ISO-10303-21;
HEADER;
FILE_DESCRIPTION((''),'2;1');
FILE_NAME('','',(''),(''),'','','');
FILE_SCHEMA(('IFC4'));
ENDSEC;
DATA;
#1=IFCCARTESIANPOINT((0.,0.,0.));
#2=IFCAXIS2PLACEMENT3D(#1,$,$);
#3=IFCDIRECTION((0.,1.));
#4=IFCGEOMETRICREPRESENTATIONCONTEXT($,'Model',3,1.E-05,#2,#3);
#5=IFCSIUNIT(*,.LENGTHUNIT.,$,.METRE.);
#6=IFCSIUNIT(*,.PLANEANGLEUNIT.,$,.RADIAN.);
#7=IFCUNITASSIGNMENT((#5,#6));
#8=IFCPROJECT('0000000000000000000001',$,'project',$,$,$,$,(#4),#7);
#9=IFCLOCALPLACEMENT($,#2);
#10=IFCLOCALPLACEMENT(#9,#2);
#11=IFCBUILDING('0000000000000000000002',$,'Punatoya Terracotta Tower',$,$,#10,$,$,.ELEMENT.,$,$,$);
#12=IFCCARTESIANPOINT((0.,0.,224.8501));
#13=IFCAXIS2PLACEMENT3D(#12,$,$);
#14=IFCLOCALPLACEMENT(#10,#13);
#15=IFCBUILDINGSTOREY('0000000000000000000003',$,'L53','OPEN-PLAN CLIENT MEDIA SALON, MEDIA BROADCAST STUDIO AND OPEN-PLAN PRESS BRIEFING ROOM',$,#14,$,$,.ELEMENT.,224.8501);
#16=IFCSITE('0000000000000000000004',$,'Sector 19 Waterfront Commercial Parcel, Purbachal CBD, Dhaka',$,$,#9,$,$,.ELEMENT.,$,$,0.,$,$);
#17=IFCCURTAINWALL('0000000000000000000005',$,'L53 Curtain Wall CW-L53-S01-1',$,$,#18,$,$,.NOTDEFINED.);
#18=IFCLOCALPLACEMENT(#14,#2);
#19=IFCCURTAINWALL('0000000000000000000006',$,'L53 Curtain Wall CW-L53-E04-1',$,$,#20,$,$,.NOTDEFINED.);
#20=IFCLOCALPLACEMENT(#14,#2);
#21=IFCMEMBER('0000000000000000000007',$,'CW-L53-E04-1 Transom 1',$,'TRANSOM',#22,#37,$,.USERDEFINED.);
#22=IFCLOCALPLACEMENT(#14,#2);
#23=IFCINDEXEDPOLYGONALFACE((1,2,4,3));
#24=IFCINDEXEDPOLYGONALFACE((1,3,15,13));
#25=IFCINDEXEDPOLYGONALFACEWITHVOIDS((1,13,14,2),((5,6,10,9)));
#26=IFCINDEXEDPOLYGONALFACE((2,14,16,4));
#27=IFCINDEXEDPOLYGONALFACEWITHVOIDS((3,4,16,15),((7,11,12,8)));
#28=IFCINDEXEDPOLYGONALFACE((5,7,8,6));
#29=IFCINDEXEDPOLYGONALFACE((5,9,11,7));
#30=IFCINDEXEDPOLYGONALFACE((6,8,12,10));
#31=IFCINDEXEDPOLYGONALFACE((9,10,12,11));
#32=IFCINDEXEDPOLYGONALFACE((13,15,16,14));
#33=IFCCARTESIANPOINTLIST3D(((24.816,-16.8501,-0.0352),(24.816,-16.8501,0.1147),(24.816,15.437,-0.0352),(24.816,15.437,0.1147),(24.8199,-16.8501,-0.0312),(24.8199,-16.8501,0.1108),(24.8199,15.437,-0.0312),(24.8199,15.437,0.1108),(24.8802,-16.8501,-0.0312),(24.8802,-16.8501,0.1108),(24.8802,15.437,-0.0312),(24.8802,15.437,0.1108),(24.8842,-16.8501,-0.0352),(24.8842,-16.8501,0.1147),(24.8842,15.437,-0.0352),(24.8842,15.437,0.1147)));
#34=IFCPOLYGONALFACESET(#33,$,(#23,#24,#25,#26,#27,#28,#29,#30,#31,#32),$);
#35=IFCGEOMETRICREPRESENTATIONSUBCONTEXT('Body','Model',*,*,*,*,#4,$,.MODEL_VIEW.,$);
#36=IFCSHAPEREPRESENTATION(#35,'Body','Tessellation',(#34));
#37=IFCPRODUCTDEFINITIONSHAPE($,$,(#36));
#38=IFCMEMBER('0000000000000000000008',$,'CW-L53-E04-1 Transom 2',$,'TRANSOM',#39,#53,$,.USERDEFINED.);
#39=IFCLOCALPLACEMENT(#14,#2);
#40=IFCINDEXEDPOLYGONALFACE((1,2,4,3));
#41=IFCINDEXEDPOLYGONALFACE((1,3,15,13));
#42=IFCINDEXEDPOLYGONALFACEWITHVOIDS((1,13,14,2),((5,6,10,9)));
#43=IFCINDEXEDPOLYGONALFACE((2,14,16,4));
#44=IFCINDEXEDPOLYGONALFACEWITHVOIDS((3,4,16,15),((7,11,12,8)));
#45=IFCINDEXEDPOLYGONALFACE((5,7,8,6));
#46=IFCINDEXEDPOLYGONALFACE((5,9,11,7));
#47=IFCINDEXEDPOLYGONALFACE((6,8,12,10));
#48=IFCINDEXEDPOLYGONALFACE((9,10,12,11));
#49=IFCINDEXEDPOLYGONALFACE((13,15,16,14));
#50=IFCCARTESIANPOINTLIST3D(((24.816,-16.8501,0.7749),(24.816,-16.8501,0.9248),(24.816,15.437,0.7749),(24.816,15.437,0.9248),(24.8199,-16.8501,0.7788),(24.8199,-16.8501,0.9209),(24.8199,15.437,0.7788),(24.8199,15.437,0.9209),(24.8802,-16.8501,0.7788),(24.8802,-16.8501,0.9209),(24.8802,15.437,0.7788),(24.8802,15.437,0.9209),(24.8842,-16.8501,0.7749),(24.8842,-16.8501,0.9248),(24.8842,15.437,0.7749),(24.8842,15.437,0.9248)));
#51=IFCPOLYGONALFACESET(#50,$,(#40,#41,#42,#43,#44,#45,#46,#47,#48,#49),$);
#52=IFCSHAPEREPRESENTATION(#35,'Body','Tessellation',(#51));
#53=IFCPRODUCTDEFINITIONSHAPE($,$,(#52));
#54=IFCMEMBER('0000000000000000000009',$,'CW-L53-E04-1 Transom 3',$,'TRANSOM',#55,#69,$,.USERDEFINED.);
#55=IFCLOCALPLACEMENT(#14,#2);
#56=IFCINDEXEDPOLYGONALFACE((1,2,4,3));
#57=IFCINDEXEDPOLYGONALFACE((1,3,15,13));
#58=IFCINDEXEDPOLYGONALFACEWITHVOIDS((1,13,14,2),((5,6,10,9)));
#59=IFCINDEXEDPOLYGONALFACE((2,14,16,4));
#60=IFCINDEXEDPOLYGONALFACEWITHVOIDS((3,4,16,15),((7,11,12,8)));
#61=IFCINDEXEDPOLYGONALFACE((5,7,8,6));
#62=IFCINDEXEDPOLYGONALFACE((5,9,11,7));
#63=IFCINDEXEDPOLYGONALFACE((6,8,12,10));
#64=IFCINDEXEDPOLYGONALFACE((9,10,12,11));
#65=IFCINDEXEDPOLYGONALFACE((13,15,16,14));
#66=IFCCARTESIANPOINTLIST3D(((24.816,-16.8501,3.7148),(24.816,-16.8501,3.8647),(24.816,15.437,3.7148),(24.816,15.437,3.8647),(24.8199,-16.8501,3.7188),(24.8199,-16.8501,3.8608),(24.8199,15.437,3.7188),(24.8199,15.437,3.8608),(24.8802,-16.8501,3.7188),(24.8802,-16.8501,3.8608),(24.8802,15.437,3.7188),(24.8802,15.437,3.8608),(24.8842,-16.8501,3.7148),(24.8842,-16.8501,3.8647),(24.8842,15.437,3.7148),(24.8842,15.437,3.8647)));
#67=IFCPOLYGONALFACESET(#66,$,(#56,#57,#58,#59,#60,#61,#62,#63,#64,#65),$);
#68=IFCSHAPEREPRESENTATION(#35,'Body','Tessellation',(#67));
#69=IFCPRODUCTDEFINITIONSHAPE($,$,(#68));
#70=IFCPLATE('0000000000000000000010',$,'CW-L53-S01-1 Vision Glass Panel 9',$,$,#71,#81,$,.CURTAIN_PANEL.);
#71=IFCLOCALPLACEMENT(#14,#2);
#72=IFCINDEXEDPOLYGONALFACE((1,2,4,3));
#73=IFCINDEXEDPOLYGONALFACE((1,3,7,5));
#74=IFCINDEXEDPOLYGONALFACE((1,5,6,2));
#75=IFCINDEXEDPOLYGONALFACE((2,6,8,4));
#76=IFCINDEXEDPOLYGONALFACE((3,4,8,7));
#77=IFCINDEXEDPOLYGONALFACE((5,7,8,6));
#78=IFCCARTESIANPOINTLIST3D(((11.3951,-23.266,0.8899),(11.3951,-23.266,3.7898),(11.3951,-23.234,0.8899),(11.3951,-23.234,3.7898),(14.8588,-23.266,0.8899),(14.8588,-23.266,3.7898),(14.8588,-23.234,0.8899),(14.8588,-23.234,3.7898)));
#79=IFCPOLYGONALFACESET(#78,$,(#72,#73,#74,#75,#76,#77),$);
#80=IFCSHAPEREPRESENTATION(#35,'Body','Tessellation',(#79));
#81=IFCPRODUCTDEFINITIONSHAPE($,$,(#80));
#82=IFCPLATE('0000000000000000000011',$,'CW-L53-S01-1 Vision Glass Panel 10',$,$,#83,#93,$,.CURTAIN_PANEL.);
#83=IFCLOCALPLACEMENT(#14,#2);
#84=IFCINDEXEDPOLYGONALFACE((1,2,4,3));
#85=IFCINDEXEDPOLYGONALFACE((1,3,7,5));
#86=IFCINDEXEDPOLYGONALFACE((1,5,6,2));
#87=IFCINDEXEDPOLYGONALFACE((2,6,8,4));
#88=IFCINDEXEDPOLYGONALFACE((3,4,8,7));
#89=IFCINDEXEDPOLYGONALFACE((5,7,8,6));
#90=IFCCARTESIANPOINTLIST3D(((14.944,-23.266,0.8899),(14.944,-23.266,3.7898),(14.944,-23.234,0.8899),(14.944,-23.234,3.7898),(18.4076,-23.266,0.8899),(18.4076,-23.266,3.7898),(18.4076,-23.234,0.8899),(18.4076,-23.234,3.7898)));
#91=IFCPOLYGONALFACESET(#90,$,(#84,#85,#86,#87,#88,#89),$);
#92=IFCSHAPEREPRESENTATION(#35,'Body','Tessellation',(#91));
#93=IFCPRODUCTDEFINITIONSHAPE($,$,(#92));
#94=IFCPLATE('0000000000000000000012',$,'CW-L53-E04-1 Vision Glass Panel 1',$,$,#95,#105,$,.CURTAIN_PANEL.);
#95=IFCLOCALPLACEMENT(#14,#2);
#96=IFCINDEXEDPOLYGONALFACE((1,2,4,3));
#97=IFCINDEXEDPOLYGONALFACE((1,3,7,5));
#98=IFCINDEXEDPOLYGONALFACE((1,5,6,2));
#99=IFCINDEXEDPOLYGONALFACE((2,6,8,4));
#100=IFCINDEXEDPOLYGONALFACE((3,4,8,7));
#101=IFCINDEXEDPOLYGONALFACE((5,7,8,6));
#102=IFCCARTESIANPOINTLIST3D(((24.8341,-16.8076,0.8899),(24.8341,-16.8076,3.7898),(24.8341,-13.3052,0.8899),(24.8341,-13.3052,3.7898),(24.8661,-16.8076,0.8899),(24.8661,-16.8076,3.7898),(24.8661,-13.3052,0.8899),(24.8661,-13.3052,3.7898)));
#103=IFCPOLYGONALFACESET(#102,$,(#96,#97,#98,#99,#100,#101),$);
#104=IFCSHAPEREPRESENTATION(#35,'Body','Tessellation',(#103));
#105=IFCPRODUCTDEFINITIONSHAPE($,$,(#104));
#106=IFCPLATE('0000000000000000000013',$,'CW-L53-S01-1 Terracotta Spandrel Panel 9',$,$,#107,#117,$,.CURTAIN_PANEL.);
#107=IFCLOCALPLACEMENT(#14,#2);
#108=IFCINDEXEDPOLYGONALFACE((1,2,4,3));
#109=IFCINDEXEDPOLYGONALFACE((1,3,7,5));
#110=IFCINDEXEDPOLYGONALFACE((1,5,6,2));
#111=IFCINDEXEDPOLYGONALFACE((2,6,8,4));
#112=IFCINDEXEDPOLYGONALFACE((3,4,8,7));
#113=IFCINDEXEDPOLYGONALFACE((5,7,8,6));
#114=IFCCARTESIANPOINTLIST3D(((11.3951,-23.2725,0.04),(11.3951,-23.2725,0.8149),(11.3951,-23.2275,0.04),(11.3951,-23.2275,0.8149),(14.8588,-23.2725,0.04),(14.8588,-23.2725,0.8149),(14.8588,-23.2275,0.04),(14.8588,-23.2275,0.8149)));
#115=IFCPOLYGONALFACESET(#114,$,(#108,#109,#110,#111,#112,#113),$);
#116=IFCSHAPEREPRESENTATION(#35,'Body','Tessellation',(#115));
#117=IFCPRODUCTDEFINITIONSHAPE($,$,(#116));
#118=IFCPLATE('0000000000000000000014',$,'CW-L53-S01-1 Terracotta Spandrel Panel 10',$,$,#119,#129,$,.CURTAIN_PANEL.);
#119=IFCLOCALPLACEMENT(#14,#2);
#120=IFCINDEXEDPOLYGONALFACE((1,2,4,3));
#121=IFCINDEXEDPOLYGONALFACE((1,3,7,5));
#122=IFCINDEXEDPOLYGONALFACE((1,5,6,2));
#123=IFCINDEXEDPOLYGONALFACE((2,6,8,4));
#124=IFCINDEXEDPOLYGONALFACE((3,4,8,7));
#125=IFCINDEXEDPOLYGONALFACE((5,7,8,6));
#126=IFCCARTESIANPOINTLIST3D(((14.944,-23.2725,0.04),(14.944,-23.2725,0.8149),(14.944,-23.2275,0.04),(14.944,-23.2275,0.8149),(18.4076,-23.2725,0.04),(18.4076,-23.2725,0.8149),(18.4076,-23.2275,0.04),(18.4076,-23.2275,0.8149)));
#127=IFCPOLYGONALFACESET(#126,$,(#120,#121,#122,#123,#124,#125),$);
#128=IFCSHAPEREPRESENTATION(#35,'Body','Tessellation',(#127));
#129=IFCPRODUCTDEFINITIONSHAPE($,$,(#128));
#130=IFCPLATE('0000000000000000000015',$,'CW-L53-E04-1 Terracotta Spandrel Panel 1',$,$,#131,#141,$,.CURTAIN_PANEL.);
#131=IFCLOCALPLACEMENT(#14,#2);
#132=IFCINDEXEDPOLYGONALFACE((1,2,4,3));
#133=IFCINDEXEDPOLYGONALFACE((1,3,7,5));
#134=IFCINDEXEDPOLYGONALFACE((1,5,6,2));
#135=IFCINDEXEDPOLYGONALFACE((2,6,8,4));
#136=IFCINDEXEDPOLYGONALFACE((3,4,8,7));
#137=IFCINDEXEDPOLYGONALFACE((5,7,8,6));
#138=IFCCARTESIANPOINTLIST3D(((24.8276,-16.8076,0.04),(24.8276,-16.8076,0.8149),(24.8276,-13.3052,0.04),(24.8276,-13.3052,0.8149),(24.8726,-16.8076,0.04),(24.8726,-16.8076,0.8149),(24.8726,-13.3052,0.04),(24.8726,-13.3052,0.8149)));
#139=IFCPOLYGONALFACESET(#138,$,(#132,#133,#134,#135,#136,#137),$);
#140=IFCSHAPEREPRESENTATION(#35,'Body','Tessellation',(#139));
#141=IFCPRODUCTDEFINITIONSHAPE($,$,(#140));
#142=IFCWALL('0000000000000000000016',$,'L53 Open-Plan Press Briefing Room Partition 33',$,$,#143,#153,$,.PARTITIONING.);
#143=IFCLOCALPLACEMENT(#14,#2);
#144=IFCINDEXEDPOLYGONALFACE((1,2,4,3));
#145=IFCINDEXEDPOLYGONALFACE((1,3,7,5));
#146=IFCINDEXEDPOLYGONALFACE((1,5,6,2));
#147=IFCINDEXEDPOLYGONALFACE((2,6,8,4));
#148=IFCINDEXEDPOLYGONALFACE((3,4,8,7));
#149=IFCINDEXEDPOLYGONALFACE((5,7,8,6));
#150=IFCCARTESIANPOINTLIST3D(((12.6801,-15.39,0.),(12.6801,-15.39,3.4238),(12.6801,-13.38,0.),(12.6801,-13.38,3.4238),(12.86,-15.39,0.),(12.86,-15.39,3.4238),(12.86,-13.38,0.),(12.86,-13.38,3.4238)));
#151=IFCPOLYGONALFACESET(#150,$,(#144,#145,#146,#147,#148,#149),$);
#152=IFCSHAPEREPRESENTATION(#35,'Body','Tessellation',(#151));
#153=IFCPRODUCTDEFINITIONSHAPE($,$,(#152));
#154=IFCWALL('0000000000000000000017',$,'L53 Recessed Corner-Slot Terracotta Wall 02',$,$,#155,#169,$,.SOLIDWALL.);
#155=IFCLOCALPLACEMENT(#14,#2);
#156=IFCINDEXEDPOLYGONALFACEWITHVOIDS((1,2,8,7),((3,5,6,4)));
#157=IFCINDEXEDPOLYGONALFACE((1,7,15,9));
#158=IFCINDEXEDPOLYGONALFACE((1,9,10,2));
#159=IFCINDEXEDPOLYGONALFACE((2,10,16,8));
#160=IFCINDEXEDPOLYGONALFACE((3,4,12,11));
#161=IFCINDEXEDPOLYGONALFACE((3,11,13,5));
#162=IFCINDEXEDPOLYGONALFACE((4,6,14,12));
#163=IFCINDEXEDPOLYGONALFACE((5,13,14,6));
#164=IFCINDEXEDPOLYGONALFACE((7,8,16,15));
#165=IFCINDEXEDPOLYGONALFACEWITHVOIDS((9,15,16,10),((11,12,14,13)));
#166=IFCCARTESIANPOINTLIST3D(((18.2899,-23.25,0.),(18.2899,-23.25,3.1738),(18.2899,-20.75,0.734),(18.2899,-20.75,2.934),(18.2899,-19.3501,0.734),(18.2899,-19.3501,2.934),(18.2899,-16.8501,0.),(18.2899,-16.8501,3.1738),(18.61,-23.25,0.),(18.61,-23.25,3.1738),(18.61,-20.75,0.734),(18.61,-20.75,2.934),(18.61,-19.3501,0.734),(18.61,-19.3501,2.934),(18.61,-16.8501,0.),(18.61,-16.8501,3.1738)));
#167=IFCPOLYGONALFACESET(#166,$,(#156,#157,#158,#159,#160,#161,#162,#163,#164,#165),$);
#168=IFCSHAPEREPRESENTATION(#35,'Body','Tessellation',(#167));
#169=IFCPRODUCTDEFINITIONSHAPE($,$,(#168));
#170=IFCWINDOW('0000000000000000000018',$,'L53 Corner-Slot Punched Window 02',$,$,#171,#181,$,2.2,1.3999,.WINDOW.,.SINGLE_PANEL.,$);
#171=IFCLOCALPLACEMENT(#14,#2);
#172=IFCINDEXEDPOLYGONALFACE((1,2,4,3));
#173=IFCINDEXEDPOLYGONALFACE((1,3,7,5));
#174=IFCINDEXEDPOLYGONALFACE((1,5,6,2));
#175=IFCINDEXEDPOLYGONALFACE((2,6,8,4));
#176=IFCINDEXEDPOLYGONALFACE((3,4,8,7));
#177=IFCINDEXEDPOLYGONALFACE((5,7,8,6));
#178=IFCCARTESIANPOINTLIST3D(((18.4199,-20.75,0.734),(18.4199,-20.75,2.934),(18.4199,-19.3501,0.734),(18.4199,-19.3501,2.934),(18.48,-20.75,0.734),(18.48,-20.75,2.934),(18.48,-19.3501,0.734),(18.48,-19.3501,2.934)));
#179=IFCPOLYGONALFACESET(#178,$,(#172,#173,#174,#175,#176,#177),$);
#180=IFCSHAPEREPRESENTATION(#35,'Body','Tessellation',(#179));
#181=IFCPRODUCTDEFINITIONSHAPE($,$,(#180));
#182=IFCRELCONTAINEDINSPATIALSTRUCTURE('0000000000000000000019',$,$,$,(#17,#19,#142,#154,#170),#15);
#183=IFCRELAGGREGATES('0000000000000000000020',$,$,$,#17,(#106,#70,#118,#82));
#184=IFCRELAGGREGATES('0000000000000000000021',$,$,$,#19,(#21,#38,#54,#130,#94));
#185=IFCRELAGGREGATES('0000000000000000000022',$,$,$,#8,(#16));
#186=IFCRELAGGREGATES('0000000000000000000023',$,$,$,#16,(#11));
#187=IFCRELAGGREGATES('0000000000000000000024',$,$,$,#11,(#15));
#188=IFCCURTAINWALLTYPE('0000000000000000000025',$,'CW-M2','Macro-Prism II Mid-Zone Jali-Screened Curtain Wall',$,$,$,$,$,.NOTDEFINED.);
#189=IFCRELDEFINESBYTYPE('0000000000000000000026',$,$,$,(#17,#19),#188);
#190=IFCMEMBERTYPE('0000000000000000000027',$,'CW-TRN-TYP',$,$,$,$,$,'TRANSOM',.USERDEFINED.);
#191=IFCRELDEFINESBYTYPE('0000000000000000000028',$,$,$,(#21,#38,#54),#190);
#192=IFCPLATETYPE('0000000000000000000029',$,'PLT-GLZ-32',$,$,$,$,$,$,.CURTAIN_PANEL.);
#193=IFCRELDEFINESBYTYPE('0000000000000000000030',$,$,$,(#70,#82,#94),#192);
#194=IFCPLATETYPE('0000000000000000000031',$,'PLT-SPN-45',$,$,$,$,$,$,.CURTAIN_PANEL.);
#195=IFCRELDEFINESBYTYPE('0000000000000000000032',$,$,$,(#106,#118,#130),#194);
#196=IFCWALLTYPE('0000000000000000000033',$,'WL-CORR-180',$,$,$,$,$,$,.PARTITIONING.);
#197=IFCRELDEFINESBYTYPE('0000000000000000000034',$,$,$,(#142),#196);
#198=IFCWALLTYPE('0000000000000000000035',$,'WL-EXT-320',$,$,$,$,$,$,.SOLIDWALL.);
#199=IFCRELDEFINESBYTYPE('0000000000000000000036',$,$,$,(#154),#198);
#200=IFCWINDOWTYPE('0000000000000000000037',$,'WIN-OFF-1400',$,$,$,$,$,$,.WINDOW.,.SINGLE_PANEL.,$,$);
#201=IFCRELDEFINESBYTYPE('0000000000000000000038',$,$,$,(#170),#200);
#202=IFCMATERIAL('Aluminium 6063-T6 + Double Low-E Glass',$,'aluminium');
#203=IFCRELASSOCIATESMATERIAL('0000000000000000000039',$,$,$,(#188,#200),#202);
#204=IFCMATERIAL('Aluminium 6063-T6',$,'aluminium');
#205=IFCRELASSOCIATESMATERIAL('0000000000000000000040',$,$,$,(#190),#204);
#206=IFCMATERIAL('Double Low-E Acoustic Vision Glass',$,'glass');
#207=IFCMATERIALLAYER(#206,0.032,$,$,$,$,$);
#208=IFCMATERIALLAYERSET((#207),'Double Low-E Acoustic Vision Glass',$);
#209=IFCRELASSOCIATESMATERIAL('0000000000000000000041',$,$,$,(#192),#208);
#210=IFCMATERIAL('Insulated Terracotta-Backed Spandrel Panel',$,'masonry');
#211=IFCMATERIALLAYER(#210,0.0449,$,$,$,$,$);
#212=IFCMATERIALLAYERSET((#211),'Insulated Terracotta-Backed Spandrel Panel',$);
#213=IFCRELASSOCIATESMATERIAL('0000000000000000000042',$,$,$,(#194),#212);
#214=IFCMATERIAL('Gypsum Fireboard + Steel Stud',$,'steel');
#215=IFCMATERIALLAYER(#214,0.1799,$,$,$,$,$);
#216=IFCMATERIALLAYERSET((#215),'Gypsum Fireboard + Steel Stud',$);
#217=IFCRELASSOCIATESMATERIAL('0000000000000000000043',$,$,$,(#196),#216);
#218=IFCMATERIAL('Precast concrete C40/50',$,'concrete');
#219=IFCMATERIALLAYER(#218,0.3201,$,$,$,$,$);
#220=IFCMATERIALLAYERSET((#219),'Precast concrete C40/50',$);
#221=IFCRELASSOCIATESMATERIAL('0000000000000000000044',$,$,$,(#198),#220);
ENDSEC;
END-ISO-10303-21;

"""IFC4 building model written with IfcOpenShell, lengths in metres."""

from ifc_helpers import new_model, si_unit, direction, frame, frame_2d, origin, origin_2d, place, context, subcontext, project, spatial, rectangle, hollow_rectangle, extrude, material, layer, layer_set, material_profile, profile_set, type_object, element, fill, aggregate, save


model = new_model("IFC4")

# Units and contexts
model_context = context("Model", 3, precision=1e-05, world=origin(), true_north=direction((0.0, 1.0)))
body_context = subcontext(model_context, "Body", "Model", "MODEL_VIEW")
ifc_project = project(units=[si_unit("LENGTHUNIT", "METRE"), si_unit("PLANEANGLEUNIT", "RADIAN")], contexts=[model_context])

# Site, building, storey
site_placement = place(None, origin())
site = spatial("IfcSite", under=ifc_project, at=site_placement, Name="Sector 19 Waterfront Commercial Parcel, Purbachal CBD, Dhaka", CompositionType="ELEMENT", RefElevation=0.0)
building_placement = place(site_placement, origin())
building = spatial("IfcBuilding", under=site, at=building_placement, Name="Punatoya Terracotta Tower", CompositionType="ELEMENT")
storey_placement = place(building_placement, frame((0.0, 0.0, 224.8501)))
storey = spatial("IfcBuildingStorey", under=building, at=storey_placement, Name="L53", Description="OPEN-PLAN CLIENT MEDIA SALON, MEDIA BROADCAST STUDIO AND OPEN-PLAN PRESS BRIEFING ROOM", CompositionType="ELEMENT", Elevation=224.8501)

# Curtain walls, members
ifc_material_1 = material(Name="Aluminium 6063-T6 + Double Low-E Glass", Category="aluminium")
curtain_wall_type = type_object("IfcCurtainWallType", Name="CW-M2", Description="Macro-Prism II Mid-Zone Jali-Screened Curtain Wall", PredefinedType="NOTDEFINED", material=ifc_material_1)
curtain_wall_1_placement = place(storey_placement, origin())
curtain_wall_1 = element("IfcCurtainWall", 1, at=curtain_wall_1_placement, inside=storey, type_object=curtain_wall_type, Name="L53 Curtain Wall CW-L53-S01-1", PredefinedType="NOTDEFINED")
ifc_material_2 = material(Name="Aluminium 6063-T6", Category="aluminium")
curtain_wall_2_placement = place(storey_placement, origin())
curtain_wall_2 = element("IfcCurtainWall", 2, at=curtain_wall_2_placement, inside=storey, type_object=curtain_wall_type, Name="L53 Curtain Wall CW-L53-E04-1", PredefinedType="NOTDEFINED")
ifc_material_profile_1 = material_profile(ifc_material_2, hollow_rectangle(XDim=0.0681, YDim=0.1499, WallThickness=0.0039, at=origin_2d()))
ifc_profile_set_1 = profile_set([ifc_material_profile_1], Name="Aluminium 6063-T6")
member_type_1 = type_object("IfcMemberType", Name="CW-TRN-TYP", ElementType="TRANSOM", PredefinedType="USERDEFINED", material=ifc_profile_set_1)
member_1_placement = place(storey_placement, frame((24.8501, -16.8501, 0.0398), z_axis=(0.0, 1.0, 0.0), x_axis=(-1.0, 0.0, 0.0)))
member_1 = element("IfcMember", 3, at=member_1_placement, type_object=member_type_1, Name="CW-L53-E04-1 Transom 1", ObjectType="TRANSOM", PredefinedType="USERDEFINED", context=body_context, shape_type="SweptSolid", body=[
    extrude(hollow_rectangle(XDim=0.0681, YDim=0.1499, WallThickness=0.0039, at=origin_2d()), origin(), (0.0, 0.0, 1.0), 32.2871),
])
member_2_placement = place(storey_placement, frame((24.8501, -16.8501, 0.8499), z_axis=(0.0, 1.0, 0.0), x_axis=(-1.0, 0.0, 0.0)))
member_2 = element("IfcMember", 4, at=member_2_placement, type_object=member_type_1, Name="CW-L53-E04-1 Transom 2", ObjectType="TRANSOM", PredefinedType="USERDEFINED", context=body_context, shape_type="SweptSolid", body=[
    extrude(hollow_rectangle(XDim=0.0681, YDim=0.1499, WallThickness=0.0039, at=origin_2d()), origin(), (0.0, 0.0, 1.0), 32.2871),
])
member_3_placement = place(storey_placement, frame((24.8501, -16.8501, 3.7898), z_axis=(0.0, 1.0, 0.0), x_axis=(-1.0, 0.0, 0.0)))
member_3 = element("IfcMember", 5, at=member_3_placement, type_object=member_type_1, Name="CW-L53-E04-1 Transom 3", ObjectType="TRANSOM", PredefinedType="USERDEFINED", context=body_context, shape_type="SweptSolid", body=[
    extrude(hollow_rectangle(XDim=0.0681, YDim=0.1499, WallThickness=0.0039, at=origin_2d()), origin(), (0.0, 0.0, 1.0), 32.2871),
])

# Plates
ifc_material_3 = material(Name="Double Low-E Acoustic Vision Glass", Category="glass")
ifc_layer_1 = layer(ifc_material_3, 0.032)
ifc_layer_set_1 = layer_set([ifc_layer_1], Name="Double Low-E Acoustic Vision Glass")
plate_type_1 = type_object("IfcPlateType", Name="PLT-GLZ-32", PredefinedType="CURTAIN_PANEL", material=ifc_layer_set_1)
plate_1_placement = place(storey_placement, frame((13.127, -23.25, 0.8899), z_axis=(0.0, 0.0, 1.0), x_axis=(1.0, 0.0, 0.0)))
plate_1 = element("IfcPlate", 6, at=plate_1_placement, type_object=plate_type_1, Name="CW-L53-S01-1 Vision Glass Panel 9", PredefinedType="CURTAIN_PANEL", context=body_context, shape_type="SweptSolid", body=[
    extrude(rectangle(XDim=3.4636, YDim=0.032, at=origin_2d()), origin(), (0.0, 0.0, 1.0), 2.8999),
])
plate_2_placement = place(storey_placement, frame((16.6758, -23.25, 0.8899), z_axis=(0.0, 0.0, 1.0), x_axis=(1.0, 0.0, 0.0)))
plate_2 = element("IfcPlate", 7, at=plate_2_placement, type_object=plate_type_1, Name="CW-L53-S01-1 Vision Glass Panel 10", PredefinedType="CURTAIN_PANEL", context=body_context, shape_type="SweptSolid", body=[
    extrude(rectangle(XDim=3.4636, YDim=0.032, at=origin_2d()), origin(), (0.0, 0.0, 1.0), 2.8999),
])
plate_3_placement = place(storey_placement, frame((24.8501, -15.0564, 0.8899), z_axis=(0.0, 0.0, 1.0), x_axis=(0.0, 1.0, 0.0)))
plate_3 = element("IfcPlate", 8, at=plate_3_placement, type_object=plate_type_1, Name="CW-L53-E04-1 Vision Glass Panel 1", PredefinedType="CURTAIN_PANEL", context=body_context, shape_type="SweptSolid", body=[
    extrude(rectangle(XDim=3.5024, YDim=0.032, at=origin_2d()), origin(), (0.0, 0.0, 1.0), 2.8999),
])
ifc_material_4 = material(Name="Insulated Terracotta-Backed Spandrel Panel", Category="masonry")
ifc_layer_2 = layer(ifc_material_4, 0.0449)
ifc_layer_set_2 = layer_set([ifc_layer_2], Name="Insulated Terracotta-Backed Spandrel Panel")
plate_type_2 = type_object("IfcPlateType", Name="PLT-SPN-45", PredefinedType="CURTAIN_PANEL", material=ifc_layer_set_2)
plate_4_placement = place(storey_placement, frame((13.127, -23.25, 0.04), z_axis=(0.0, 0.0, 1.0), x_axis=(1.0, 0.0, 0.0)))
plate_4 = element("IfcPlate", 9, at=plate_4_placement, type_object=plate_type_2, Name="CW-L53-S01-1 Terracotta Spandrel Panel 9", PredefinedType="CURTAIN_PANEL", context=body_context, shape_type="SweptSolid", body=[
    extrude(rectangle(XDim=3.4636, YDim=0.0449, at=origin_2d()), origin(), (0.0, 0.0, 1.0), 0.7749),
])
plate_5_placement = place(storey_placement, frame((16.6758, -23.25, 0.04), z_axis=(0.0, 0.0, 1.0), x_axis=(1.0, 0.0, 0.0)))
plate_5 = element("IfcPlate", 10, at=plate_5_placement, type_object=plate_type_2, Name="CW-L53-S01-1 Terracotta Spandrel Panel 10", PredefinedType="CURTAIN_PANEL", context=body_context, shape_type="SweptSolid", body=[
    extrude(rectangle(XDim=3.4636, YDim=0.0449, at=origin_2d()), origin(), (0.0, 0.0, 1.0), 0.7749),
])
aggregate(curtain_wall_1, [plate_4, plate_1, plate_5, plate_2])
plate_6_placement = place(storey_placement, frame((24.8501, -15.0564, 0.04), z_axis=(0.0, 0.0, 1.0), x_axis=(0.0, 1.0, 0.0)))
plate_6 = element("IfcPlate", 11, at=plate_6_placement, type_object=plate_type_2, Name="CW-L53-E04-1 Terracotta Spandrel Panel 1", PredefinedType="CURTAIN_PANEL", context=body_context, shape_type="SweptSolid", body=[
    extrude(rectangle(XDim=3.5024, YDim=0.0449, at=origin_2d()), origin(), (0.0, 0.0, 1.0), 0.7749),
])
aggregate(curtain_wall_2, [member_1, member_2, member_3, plate_6, plate_3])

# Wall
ifc_material_5 = material(Name="Gypsum Fireboard + Steel Stud", Category="steel")
ifc_layer_3 = layer(ifc_material_5, 0.1799)
ifc_layer_set_3 = layer_set([ifc_layer_3], Name="Gypsum Fireboard + Steel Stud")
wall_type_1 = type_object("IfcWallType", Name="WL-CORR-180", PredefinedType="PARTITIONING", material=ifc_layer_set_3)
wall_1_placement = place(storey_placement, frame((12.77, -15.3899, 0.0), z_axis=(0.0, 0.0, 1.0), x_axis=(0.0, 1.0, 0.0)))
element("IfcWall", 12, at=wall_1_placement, inside=storey, type_object=wall_type_1, Name="L53 Open-Plan Press Briefing Room Partition 33", PredefinedType="PARTITIONING", context=body_context, shape_type="SweptSolid", body=[
    extrude(rectangle(XDim=2.01, YDim=0.1799, at=frame_2d((1.0049, 0.0))), origin(), (0.0, 0.0, 1.0), 3.4238),
])

# Wall, opening, window
ifc_material_6 = material(Name="Precast concrete C40/50", Category="concrete")
ifc_layer_4 = layer(ifc_material_6, 0.3201)
ifc_layer_set_4 = layer_set([ifc_layer_4], Name="Precast concrete C40/50")
wall_type_2 = type_object("IfcWallType", Name="WL-EXT-320", PredefinedType="SOLIDWALL", material=ifc_layer_set_4)
wall_2_placement = place(storey_placement, frame((18.45, -23.25, 0.0), z_axis=(0.0, 0.0, 1.0), x_axis=(0.0, 1.0, 0.0)))
wall_2 = element("IfcWall", 13, at=wall_2_placement, inside=storey, type_object=wall_type_2, Name="L53 Recessed Corner-Slot Terracotta Wall 02", PredefinedType="SOLIDWALL", context=body_context, shape_type="SweptSolid", body=[
    extrude(rectangle(XDim=6.3999, YDim=0.3201, at=frame_2d((3.2, 0.0))), origin(), (0.0, 0.0, 1.0), 3.1738),
])
opening_1_placement = place(wall_2_placement, frame((2.5, 0.0, 0.7339)))
opening_1 = element("IfcOpeningElement", 14, at=opening_1_placement, cuts=wall_2, PredefinedType="OPENING", context=body_context, shape_type="SweptSolid", body=[
    extrude(rectangle(XDim=1.3999, YDim=2.2, at=frame_2d((0.7, 1.1001))), frame((0.0, 0.1699, 0.0), z_axis=(0.0, -1.0, 0.0), x_axis=(1.0, 0.0, 0.0)), (0.0, 0.0, 1.0), 0.3401),
])
window_type = type_object("IfcWindowType", Name="WIN-OFF-1400", PartitioningType="SINGLE_PANEL", PredefinedType="WINDOW", material=ifc_material_1)
window_1_placement = place(opening_1_placement, origin())
window_1 = element("IfcWindow", 15, at=window_1_placement, inside=storey, type_object=window_type, Name="L53 Corner-Slot Punched Window 02", OverallHeight=2.2, OverallWidth=1.3999, PartitioningType="SINGLE_PANEL", PredefinedType="WINDOW", context=body_context, shape_type="SweptSolid", body=[
    extrude(rectangle(XDim=1.3999, YDim=2.2, at=frame_2d((0.7, 1.1001))), frame((0.0, 0.03, 0.0), z_axis=(0.0, -1.0, 0.0), x_axis=(1.0, 0.0, 0.0)), (0.0, 0.0, 1.0), 0.0601),
])
fill(opening_1, window_1)

save(model, "model.ifc")
